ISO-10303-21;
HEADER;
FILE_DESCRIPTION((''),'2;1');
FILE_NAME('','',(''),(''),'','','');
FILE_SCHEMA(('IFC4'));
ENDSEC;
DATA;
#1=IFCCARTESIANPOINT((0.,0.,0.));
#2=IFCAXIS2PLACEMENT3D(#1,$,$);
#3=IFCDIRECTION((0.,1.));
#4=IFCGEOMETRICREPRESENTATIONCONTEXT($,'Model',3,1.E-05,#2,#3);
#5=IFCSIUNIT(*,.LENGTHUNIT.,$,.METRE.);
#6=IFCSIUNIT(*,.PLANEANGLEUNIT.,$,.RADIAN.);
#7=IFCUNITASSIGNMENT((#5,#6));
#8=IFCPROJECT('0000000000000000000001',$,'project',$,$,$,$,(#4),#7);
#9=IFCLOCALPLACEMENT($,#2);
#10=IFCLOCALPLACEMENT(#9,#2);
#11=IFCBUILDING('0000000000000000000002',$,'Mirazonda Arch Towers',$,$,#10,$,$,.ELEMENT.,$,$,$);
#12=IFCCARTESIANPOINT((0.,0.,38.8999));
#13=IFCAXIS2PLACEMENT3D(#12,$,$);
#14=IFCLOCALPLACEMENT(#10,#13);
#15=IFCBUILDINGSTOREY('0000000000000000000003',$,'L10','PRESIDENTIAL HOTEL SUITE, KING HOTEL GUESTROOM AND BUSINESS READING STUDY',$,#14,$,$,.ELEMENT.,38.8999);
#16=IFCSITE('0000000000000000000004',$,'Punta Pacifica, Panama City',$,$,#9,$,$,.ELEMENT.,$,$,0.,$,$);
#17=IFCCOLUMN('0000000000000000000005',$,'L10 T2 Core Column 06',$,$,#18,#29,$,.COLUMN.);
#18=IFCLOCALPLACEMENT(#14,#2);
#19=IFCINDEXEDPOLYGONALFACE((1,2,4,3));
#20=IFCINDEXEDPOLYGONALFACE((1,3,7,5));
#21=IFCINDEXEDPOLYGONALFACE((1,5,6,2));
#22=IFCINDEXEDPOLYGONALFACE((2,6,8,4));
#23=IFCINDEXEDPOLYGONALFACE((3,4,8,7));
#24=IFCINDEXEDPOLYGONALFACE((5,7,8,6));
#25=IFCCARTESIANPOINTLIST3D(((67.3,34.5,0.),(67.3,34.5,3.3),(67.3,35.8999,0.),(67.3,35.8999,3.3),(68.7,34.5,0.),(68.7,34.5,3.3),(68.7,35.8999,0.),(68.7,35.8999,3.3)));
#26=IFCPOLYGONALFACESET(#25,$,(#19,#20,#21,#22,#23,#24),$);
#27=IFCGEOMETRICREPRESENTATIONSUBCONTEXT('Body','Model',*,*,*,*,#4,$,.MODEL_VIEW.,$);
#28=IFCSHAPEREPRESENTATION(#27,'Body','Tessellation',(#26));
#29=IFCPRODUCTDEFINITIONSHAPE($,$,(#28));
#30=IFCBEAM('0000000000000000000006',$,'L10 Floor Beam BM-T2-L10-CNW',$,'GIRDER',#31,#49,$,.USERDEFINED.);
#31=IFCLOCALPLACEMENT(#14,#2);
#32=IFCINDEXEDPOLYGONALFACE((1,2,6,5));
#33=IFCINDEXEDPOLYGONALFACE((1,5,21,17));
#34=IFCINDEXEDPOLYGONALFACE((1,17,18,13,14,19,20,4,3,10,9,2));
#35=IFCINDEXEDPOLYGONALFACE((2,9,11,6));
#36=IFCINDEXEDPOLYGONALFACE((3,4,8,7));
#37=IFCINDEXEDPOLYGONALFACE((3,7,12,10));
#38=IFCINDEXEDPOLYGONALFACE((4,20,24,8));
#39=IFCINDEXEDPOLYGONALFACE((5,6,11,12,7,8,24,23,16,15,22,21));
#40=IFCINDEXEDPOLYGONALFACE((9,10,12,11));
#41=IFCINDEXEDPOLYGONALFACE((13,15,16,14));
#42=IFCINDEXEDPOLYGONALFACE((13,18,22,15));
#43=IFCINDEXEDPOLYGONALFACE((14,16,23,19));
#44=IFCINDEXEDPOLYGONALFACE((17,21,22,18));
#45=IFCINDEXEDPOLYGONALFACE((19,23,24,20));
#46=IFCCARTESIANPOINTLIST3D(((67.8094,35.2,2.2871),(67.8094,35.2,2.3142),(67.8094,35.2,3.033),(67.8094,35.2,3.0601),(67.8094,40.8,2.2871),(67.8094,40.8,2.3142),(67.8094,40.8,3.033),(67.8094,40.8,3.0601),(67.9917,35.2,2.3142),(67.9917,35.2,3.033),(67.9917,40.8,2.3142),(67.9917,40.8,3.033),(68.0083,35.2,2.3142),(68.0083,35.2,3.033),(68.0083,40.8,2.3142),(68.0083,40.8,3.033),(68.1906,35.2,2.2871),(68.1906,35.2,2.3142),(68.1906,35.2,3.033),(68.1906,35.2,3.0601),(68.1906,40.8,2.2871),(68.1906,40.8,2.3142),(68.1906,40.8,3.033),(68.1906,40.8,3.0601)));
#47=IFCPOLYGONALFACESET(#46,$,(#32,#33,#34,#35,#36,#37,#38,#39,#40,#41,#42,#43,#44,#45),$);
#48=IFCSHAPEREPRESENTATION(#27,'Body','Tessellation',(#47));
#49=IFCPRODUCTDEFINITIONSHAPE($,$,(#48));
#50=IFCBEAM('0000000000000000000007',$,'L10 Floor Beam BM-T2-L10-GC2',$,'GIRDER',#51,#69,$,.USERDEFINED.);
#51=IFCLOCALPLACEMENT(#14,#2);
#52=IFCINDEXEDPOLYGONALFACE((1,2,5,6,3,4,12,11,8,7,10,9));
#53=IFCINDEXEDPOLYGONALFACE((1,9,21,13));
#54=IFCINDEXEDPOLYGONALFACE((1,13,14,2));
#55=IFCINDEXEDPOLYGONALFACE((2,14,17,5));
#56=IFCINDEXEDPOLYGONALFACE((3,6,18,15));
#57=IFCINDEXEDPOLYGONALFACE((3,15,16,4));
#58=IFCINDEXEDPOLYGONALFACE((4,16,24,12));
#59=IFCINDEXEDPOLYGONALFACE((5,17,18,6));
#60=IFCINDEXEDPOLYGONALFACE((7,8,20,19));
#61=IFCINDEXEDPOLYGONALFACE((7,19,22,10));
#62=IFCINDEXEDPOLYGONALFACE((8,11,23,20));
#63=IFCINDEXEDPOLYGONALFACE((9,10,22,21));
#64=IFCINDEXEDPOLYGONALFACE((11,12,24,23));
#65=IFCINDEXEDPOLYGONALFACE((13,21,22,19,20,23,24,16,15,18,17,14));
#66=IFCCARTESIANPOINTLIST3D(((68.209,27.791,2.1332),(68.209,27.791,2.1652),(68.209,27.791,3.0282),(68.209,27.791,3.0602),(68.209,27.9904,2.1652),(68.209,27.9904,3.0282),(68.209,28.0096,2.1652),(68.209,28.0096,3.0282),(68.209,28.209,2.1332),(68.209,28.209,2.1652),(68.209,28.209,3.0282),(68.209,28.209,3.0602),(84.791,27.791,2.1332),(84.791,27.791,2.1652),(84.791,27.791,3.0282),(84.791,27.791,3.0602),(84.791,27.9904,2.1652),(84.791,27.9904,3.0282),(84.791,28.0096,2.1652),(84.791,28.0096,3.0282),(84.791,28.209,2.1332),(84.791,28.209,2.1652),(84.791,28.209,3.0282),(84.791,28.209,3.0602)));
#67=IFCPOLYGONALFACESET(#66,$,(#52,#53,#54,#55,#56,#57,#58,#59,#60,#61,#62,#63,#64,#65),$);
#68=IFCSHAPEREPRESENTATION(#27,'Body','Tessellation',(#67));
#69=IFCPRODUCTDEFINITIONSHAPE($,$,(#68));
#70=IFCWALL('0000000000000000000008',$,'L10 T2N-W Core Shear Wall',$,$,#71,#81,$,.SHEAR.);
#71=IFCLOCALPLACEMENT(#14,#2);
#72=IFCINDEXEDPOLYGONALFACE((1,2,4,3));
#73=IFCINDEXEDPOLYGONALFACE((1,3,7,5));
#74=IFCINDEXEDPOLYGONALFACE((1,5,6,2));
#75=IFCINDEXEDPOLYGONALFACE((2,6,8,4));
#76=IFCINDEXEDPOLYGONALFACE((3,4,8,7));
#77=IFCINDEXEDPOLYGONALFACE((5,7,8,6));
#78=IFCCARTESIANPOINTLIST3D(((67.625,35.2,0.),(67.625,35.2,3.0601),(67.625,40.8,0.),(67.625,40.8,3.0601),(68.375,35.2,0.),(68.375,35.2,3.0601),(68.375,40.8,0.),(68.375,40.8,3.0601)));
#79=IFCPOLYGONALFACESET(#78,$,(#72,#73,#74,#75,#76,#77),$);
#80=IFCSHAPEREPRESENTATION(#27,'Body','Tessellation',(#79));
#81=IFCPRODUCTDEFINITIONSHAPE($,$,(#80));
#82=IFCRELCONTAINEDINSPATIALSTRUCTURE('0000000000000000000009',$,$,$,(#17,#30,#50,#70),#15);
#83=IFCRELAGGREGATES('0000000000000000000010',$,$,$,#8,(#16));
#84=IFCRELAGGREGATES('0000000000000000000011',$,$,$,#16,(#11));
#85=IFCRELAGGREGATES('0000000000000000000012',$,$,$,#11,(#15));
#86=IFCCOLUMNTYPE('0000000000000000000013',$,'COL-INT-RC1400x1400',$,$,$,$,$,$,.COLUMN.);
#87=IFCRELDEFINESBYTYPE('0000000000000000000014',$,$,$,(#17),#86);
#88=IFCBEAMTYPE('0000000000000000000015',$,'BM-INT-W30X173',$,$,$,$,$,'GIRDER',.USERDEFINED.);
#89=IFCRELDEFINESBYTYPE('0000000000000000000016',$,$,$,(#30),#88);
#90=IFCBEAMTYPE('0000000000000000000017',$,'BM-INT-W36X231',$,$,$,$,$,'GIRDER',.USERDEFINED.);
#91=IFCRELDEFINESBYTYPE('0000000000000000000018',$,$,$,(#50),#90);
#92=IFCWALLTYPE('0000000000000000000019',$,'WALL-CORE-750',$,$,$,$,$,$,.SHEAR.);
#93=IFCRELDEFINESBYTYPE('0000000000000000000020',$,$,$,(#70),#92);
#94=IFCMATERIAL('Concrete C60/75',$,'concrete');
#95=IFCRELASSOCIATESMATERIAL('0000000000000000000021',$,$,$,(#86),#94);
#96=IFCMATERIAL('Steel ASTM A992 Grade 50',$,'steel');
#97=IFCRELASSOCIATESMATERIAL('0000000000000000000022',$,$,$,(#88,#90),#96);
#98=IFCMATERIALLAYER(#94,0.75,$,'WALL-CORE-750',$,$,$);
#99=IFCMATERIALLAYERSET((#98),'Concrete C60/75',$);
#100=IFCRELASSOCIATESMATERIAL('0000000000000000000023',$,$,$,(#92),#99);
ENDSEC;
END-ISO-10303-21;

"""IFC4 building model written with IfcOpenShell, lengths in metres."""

from ifc_helpers import new_model, si_unit, direction, frame, frame_2d, origin, origin_2d, place, context, subcontext, project, spatial, rectangle, i_section, extrude, material, layer, layer_set, material_profile, profile_set, type_object, element, save


model = new_model("IFC4")

# Units and contexts
model_context = context("Model", 3, precision=1e-05, world=origin(), true_north=direction((0.0, 1.0)))
body_context = subcontext(model_context, "Body", "Model", "MODEL_VIEW")
ifc_project = project(units=[si_unit("LENGTHUNIT", "METRE"), si_unit("PLANEANGLEUNIT", "RADIAN")], contexts=[model_context])

# Site, building, storey
site_placement = place(None, origin())
site = spatial("IfcSite", under=ifc_project, at=site_placement, Name="Punta Pacifica, Panama City", CompositionType="ELEMENT", RefElevation=0.0)
building_placement = place(site_placement, origin())
building = spatial("IfcBuilding", under=site, at=building_placement, Name="Mirazonda Arch Towers", CompositionType="ELEMENT")
storey_placement = place(building_placement, frame((0.0, 0.0, 38.8999)))
storey = spatial("IfcBuildingStorey", under=building, at=storey_placement, Name="L10", Description="PRESIDENTIAL HOTEL SUITE, KING HOTEL GUESTROOM AND BUSINESS READING STUDY", CompositionType="ELEMENT", Elevation=38.8999)

# Column
ifc_material_1 = material(Name="Concrete C60/75", Category="concrete")
ifc_material_profile_1 = material_profile(ifc_material_1, rectangle(XDim=1.3999, YDim=1.3999, at=origin_2d()), Name="RC1400x1400")
ifc_profile_set_1 = profile_set([ifc_material_profile_1], Name="Concrete C60/75")
column_type = type_object("IfcColumnType", Name="COL-INT-RC1400x1400", PredefinedType="COLUMN", material=ifc_profile_set_1)
column_placement = place(storey_placement, frame((68.0, 35.2, 0.0), z_axis=(0.0, 0.0, 1.0), x_axis=(1.0, 0.0, 0.0)))
element("IfcColumn", 1, at=column_placement, inside=storey, type_object=column_type, Name="L10 T2 Core Column 06", PredefinedType="COLUMN", context=body_context, shape_type="SweptSolid", body=[
    extrude(rectangle(XDim=1.3999, YDim=1.3999, at=origin_2d()), origin(), (0.0, 0.0, 1.0), 3.3),
])

# Beams
ifc_material_2 = material(Name="Steel ASTM A992 Grade 50", Category="steel")
ifc_material_profile_2 = material_profile(ifc_material_2, i_section(OverallWidth=0.3811, OverallDepth=0.7729, WebThickness=0.0166, FlangeThickness=0.0271, at=origin_2d()), Name="W30X173")
ifc_profile_set_2 = profile_set([ifc_material_profile_2], Name="Steel ASTM A992 Grade 50")
beam_type_1 = type_object("IfcBeamType", Name="BM-INT-W30X173", ElementType="GIRDER", PredefinedType="USERDEFINED", material=ifc_profile_set_2)
beam_1_placement = place(storey_placement, frame((68.0, 35.2, 2.6736), z_axis=(0.0, 1.0, 0.0), x_axis=(-1.0, 0.0, 0.0)))
element("IfcBeam", 2, at=beam_1_placement, inside=storey, type_object=beam_type_1, Name="L10 Floor Beam BM-T2-L10-CNW", ObjectType="GIRDER", PredefinedType="USERDEFINED", context=body_context, shape_type="SweptSolid", body=[
    extrude(i_section(OverallWidth=0.3811, OverallDepth=0.7729, WebThickness=0.0166, FlangeThickness=0.0271, at=origin_2d()), origin(), (0.0, 0.0, 1.0), 5.6001),
])
ifc_material_profile_3 = material_profile(ifc_material_2, i_section(OverallWidth=0.418, OverallDepth=0.927, WebThickness=0.0193, FlangeThickness=0.032, at=origin_2d()), Name="W36X231")
ifc_profile_set_3 = profile_set([ifc_material_profile_3], Name="Steel ASTM A992 Grade 50")
beam_type_2 = type_object("IfcBeamType", Name="BM-INT-W36X231", ElementType="GIRDER", PredefinedType="USERDEFINED", material=ifc_profile_set_3)
beam_2_placement = place(storey_placement, frame((68.209, 28.0, 2.5967), z_axis=(1.0, 0.0, 0.0), x_axis=(0.0, 1.0, 0.0)))
element("IfcBeam", 3, at=beam_2_placement, inside=storey, type_object=beam_type_2, Name="L10 Floor Beam BM-T2-L10-GC2", ObjectType="GIRDER", PredefinedType="USERDEFINED", context=body_context, shape_type="SweptSolid", body=[
    extrude(i_section(OverallWidth=0.418, OverallDepth=0.927, WebThickness=0.0193, FlangeThickness=0.032, at=origin_2d()), origin(), (0.0, 0.0, 1.0), 16.582),
])

# Wall
ifc_layer_1 = layer(ifc_material_1, 0.75, Name="WALL-CORE-750")
ifc_layer_set_1 = layer_set([ifc_layer_1], Name="Concrete C60/75")
wall_type_1 = type_object("IfcWallType", Name="WALL-CORE-750", PredefinedType="SHEAR", material=ifc_layer_set_1)
wall_1_placement = place(storey_placement, frame((68.0, 35.2, 0.0), z_axis=(0.0, 0.0, 1.0), x_axis=(0.0, 1.0, 0.0)))
element("IfcWall", 4, at=wall_1_placement, inside=storey, type_object=wall_type_1, Name="L10 T2N-W Core Shear Wall", PredefinedType="SHEAR", context=body_context, shape_type="SweptSolid", body=[
    extrude(rectangle(XDim=5.6001, YDim=0.75, at=frame_2d((2.8, 0.0))), origin(), (0.0, 0.0, 1.0), 3.0601),
])

save(model, "model.ifc")
